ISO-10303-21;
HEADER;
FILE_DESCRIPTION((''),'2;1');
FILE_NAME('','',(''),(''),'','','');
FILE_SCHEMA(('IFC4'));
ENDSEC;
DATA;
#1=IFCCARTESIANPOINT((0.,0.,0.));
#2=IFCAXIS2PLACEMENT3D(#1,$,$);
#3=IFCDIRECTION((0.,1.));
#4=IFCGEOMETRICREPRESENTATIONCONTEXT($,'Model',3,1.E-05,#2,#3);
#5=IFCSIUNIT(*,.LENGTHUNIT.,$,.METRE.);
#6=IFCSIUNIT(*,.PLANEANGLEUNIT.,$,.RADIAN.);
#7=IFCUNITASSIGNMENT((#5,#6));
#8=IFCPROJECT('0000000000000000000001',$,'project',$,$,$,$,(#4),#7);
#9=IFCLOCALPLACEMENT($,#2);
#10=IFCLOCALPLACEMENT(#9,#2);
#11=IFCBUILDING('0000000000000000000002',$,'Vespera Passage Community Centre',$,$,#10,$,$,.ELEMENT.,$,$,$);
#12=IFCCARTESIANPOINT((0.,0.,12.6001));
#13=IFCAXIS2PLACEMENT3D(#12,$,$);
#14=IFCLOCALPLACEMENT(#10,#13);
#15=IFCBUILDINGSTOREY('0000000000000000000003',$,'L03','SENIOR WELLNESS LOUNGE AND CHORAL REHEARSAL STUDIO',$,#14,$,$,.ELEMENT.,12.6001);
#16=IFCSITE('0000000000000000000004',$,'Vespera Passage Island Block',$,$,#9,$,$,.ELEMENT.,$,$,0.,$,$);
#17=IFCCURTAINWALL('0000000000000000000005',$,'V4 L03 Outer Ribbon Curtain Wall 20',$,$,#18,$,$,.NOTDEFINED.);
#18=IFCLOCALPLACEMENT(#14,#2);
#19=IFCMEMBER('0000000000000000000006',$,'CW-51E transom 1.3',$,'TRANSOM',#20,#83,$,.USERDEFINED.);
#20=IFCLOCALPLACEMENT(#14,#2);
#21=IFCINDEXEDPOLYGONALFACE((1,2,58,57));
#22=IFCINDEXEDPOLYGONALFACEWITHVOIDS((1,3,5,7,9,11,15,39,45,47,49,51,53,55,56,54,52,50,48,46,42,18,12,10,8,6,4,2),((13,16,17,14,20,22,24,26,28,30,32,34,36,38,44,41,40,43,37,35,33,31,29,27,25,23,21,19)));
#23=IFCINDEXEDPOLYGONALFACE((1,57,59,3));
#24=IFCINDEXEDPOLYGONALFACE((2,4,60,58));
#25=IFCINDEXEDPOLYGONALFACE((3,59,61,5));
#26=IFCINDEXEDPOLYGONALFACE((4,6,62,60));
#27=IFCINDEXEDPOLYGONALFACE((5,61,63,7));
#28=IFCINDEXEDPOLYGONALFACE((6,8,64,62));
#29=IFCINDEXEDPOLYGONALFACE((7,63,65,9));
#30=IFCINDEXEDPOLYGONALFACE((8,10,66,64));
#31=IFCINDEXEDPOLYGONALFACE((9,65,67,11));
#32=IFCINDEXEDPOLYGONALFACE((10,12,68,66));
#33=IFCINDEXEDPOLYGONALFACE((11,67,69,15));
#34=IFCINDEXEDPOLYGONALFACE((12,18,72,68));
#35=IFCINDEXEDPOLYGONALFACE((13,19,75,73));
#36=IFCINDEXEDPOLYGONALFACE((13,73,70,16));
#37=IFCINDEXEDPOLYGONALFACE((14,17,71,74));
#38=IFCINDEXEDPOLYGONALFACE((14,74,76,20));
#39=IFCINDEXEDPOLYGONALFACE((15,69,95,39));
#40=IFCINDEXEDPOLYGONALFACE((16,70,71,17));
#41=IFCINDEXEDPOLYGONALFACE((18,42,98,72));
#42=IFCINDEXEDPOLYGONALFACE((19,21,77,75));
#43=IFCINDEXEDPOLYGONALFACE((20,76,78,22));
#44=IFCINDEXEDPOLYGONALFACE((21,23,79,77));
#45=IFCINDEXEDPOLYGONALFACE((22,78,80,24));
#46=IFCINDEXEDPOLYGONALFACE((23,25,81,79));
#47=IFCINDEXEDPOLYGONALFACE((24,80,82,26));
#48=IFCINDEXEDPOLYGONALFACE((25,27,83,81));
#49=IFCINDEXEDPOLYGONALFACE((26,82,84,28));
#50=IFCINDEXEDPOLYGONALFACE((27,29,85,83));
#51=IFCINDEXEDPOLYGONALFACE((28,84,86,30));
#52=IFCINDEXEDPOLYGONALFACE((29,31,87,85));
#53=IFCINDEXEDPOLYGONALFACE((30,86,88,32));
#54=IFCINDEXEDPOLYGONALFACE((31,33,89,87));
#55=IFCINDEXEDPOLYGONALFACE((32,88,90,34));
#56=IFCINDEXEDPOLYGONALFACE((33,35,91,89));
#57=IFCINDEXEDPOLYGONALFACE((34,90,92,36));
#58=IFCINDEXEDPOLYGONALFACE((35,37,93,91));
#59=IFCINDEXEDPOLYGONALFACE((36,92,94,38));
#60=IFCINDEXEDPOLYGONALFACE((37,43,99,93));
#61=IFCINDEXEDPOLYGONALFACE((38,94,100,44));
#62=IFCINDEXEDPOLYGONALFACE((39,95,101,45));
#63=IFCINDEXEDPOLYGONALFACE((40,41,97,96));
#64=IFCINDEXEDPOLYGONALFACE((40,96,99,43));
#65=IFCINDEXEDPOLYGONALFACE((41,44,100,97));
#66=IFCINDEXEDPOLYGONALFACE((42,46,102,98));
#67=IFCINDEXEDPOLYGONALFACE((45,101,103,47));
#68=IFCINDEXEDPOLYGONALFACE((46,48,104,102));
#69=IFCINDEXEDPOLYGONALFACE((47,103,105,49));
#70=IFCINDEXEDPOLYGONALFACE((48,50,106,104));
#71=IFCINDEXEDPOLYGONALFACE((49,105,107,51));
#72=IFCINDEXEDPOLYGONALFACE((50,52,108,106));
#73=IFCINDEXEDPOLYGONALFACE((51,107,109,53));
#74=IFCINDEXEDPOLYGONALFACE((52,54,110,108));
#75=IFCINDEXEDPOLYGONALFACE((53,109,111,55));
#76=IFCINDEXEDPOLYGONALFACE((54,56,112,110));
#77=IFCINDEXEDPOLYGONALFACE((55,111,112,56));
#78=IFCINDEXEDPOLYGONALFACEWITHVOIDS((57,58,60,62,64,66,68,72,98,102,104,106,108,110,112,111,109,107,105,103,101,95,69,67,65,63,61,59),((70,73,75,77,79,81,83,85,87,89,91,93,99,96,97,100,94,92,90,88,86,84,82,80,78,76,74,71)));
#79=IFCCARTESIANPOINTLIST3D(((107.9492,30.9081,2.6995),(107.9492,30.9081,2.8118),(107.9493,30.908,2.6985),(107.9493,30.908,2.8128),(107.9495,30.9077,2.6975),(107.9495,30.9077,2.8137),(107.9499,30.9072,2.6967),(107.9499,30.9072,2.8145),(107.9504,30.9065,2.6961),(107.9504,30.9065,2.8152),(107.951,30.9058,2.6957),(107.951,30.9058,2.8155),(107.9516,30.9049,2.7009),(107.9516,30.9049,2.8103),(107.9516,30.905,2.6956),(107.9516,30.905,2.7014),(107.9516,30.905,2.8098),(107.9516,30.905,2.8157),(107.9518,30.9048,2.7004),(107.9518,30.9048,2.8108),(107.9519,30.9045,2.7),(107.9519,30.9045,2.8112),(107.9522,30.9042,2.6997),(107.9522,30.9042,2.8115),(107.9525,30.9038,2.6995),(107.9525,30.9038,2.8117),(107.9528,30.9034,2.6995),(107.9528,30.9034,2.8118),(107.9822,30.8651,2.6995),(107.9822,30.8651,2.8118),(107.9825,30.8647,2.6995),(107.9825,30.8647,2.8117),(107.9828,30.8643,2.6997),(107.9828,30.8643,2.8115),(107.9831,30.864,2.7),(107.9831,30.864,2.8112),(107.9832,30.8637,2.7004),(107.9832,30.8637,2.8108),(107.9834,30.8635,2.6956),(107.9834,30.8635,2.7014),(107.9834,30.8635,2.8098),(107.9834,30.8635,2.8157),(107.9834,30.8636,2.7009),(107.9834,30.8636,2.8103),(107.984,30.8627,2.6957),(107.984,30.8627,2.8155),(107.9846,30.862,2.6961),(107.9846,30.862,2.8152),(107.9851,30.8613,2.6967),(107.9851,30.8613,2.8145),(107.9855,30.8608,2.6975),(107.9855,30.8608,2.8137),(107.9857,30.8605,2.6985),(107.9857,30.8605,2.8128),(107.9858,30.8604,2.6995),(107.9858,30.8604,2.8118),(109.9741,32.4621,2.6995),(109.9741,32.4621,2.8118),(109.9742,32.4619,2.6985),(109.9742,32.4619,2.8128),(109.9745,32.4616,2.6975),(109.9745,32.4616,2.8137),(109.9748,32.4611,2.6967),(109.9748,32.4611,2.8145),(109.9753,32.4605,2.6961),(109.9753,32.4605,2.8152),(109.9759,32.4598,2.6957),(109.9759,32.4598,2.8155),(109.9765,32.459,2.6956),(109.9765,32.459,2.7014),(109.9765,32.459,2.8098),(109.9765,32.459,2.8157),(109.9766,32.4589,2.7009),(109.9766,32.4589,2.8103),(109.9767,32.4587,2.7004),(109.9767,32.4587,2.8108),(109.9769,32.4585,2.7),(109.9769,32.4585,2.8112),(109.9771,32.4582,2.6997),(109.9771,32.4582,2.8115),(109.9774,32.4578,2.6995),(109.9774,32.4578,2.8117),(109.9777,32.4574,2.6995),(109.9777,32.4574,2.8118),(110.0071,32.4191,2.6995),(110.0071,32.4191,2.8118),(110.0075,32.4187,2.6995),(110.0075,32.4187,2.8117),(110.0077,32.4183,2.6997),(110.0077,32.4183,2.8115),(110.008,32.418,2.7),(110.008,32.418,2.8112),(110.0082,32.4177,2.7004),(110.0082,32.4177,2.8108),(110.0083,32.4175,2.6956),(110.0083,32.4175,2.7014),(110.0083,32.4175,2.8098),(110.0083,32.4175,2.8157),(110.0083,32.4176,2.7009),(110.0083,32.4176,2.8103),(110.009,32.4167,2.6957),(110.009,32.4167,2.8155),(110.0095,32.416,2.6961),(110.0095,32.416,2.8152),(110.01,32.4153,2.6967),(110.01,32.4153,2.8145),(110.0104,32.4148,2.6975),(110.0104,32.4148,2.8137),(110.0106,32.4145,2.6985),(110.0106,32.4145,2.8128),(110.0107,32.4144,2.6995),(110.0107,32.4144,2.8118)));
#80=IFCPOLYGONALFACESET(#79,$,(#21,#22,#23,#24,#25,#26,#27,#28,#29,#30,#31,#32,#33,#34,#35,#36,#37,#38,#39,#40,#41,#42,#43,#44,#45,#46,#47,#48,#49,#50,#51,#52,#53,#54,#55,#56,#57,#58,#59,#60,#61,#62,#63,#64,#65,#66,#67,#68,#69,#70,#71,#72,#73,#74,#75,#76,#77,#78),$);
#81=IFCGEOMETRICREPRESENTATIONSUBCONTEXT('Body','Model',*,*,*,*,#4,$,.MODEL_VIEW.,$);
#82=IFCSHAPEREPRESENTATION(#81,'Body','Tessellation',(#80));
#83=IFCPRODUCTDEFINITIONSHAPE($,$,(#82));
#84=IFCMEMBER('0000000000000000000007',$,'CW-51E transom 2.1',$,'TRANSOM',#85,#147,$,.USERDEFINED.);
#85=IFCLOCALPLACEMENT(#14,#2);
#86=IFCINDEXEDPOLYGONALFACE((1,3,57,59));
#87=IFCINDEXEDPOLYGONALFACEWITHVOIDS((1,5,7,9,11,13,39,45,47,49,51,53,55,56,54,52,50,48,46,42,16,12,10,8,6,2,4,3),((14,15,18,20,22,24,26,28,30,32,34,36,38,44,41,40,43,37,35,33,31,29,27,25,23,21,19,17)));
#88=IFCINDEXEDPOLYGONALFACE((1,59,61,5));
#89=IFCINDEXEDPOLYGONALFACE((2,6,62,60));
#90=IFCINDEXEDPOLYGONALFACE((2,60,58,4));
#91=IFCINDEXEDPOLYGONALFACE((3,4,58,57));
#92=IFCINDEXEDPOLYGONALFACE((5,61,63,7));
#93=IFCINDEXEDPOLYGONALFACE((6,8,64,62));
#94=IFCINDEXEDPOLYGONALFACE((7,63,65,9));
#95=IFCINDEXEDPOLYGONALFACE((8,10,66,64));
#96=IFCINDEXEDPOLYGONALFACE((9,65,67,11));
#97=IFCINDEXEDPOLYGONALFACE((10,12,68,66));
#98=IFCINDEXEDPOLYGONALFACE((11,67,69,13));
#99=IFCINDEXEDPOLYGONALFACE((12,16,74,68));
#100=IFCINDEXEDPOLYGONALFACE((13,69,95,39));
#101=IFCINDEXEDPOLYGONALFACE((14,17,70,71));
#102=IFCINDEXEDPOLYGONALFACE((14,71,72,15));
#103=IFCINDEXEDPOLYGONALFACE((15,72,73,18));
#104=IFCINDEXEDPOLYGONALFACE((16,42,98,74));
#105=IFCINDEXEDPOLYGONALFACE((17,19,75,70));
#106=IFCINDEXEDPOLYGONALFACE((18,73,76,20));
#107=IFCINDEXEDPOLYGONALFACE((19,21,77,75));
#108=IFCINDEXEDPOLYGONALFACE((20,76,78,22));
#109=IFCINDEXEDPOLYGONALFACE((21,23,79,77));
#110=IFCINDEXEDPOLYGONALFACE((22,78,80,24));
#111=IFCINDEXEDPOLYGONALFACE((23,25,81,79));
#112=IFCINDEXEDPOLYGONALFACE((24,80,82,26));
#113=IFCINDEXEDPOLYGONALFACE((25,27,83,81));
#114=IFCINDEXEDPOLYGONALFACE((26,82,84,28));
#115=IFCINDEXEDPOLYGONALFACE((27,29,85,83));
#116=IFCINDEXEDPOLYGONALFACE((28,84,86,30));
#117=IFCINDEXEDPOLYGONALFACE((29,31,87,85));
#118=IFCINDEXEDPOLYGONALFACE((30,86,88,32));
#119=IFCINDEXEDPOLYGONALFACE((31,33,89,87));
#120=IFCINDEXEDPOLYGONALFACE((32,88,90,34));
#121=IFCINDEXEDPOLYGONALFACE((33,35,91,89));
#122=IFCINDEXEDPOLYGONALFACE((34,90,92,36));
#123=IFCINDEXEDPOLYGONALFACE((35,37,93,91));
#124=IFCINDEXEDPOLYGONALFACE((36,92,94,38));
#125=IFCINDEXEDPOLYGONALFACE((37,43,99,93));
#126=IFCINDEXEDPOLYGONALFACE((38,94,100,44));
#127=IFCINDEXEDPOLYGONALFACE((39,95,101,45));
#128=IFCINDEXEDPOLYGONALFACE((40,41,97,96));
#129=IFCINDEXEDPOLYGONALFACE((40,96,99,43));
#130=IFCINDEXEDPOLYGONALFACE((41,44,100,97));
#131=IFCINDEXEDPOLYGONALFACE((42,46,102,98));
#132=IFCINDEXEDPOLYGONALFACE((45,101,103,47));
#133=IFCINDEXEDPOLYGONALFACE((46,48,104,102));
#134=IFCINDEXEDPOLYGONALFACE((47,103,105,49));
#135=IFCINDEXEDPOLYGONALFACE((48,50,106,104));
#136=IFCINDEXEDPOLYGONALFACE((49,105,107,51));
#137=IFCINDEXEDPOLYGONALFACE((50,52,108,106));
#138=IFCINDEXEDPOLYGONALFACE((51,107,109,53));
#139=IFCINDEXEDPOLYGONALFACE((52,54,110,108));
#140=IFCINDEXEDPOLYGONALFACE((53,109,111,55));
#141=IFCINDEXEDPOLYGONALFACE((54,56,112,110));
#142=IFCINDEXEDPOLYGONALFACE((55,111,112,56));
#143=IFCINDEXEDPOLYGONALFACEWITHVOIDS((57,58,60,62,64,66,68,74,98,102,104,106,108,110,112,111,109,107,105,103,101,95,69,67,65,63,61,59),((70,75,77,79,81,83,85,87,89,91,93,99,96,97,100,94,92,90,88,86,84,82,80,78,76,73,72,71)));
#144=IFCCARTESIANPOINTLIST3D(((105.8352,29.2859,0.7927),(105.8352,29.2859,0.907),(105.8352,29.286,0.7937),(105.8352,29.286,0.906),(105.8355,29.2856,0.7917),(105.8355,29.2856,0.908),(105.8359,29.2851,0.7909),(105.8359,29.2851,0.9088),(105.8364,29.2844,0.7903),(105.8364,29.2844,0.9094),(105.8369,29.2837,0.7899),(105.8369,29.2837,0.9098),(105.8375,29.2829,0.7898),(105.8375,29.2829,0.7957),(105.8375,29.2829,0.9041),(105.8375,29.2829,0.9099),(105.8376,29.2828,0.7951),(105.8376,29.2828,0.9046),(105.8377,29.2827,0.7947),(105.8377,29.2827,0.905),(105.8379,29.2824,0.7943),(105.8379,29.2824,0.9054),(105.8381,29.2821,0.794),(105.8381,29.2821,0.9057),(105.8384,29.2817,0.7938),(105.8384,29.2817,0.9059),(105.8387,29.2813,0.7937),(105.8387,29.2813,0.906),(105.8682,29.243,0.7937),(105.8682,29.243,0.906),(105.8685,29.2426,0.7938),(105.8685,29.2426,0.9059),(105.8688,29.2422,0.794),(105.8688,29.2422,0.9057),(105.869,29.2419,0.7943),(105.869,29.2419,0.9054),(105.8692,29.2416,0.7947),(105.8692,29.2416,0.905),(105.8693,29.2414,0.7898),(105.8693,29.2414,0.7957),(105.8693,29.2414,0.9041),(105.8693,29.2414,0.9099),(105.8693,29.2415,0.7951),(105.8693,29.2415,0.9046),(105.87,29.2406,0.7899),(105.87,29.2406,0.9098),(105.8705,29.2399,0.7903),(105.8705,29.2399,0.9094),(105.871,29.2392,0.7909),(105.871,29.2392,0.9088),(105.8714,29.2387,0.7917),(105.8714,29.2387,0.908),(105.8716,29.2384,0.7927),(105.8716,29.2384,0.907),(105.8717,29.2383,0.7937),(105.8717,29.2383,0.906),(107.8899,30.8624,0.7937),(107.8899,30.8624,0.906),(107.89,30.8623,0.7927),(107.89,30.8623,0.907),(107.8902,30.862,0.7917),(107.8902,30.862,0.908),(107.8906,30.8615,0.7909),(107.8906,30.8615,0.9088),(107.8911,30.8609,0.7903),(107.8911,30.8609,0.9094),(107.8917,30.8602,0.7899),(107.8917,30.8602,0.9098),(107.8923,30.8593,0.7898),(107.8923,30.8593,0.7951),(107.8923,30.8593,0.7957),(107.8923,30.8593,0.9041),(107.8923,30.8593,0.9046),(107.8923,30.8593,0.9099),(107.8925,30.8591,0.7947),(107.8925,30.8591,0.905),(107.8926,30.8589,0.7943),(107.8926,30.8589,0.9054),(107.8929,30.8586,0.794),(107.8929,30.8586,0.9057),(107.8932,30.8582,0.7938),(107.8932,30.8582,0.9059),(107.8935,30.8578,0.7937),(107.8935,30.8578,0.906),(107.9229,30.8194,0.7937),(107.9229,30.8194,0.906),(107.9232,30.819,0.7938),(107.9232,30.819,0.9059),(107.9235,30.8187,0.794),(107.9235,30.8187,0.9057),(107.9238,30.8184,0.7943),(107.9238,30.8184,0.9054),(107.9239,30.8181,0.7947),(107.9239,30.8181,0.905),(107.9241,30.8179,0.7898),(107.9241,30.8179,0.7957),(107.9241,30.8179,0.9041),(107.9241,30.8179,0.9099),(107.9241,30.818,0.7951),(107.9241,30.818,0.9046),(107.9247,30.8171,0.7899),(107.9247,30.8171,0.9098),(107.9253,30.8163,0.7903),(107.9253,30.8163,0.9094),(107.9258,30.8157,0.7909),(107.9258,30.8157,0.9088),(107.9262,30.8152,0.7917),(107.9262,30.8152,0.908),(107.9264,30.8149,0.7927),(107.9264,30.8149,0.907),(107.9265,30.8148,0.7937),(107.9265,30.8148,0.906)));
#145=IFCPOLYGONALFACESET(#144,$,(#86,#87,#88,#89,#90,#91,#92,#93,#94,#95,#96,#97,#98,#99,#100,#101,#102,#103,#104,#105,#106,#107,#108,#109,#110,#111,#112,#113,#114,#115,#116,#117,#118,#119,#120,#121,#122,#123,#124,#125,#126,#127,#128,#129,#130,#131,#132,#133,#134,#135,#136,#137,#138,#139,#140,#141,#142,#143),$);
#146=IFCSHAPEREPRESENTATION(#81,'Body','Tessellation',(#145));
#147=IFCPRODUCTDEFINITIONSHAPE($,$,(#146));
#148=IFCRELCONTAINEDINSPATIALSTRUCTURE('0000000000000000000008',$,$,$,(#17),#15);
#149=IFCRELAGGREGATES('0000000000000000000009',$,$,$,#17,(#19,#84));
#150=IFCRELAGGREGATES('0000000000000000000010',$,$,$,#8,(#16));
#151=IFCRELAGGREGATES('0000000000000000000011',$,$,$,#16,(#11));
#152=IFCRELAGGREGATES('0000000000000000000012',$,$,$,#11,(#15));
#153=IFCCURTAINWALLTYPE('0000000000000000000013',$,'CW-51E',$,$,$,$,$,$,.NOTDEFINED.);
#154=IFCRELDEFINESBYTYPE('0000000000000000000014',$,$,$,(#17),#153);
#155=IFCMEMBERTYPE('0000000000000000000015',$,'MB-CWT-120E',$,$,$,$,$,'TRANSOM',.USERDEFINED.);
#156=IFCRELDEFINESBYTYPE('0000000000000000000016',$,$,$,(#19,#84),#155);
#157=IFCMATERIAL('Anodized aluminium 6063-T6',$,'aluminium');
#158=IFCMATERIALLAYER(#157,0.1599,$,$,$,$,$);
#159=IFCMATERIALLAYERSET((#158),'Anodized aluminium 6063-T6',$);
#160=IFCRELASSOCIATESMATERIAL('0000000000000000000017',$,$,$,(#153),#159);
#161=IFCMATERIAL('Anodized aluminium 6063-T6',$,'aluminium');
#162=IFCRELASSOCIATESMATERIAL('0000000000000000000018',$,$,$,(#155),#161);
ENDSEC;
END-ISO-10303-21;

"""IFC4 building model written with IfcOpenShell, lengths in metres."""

from ifc_helpers import new_model, si_unit, direction, frame, origin, origin_2d, place, context, subcontext, project, spatial, hollow_rectangle, extrude, material, layer, layer_set, material_profile, profile_set, type_object, element, aggregate, save


model = new_model("IFC4")

# Units and contexts
model_context = context("Model", 3, precision=1e-05, world=origin(), true_north=direction((0.0, 1.0)))
body_context = subcontext(model_context, "Body", "Model", "MODEL_VIEW")
ifc_project = project(units=[si_unit("LENGTHUNIT", "METRE"), si_unit("PLANEANGLEUNIT", "RADIAN")], contexts=[model_context])

# Site, building, storey
site_placement = place(None, origin())
site = spatial("IfcSite", under=ifc_project, at=site_placement, Name="Vespera Passage Island Block", CompositionType="ELEMENT", RefElevation=0.0)
building_placement = place(site_placement, origin())
building = spatial("IfcBuilding", under=site, at=building_placement, Name="Vespera Passage Community Centre", CompositionType="ELEMENT")
storey_placement = place(building_placement, frame((0.0, 0.0, 12.6001)))
storey = spatial("IfcBuildingStorey", under=building, at=storey_placement, Name="L03", Description="SENIOR WELLNESS LOUNGE AND CHORAL REHEARSAL STUDIO", CompositionType="ELEMENT", Elevation=12.6001)

# Curtain wall, members
ifc_material_1 = material(Name="Anodized aluminium 6063-T6", Category="aluminium")
ifc_layer_1 = layer(ifc_material_1, 0.1599)
ifc_layer_set_1 = layer_set([ifc_layer_1], Name="Anodized aluminium 6063-T6")
curtain_wall_type = type_object("IfcCurtainWallType", Name="CW-51E", PredefinedType="NOTDEFINED", material=ifc_layer_set_1)
curtain_wall_placement = place(storey_placement, origin())
curtain_wall = element("IfcCurtainWall", 1, at=curtain_wall_placement, inside=storey, type_object=curtain_wall_type, Name="V4 L03 Outer Ribbon Curtain Wall 20", PredefinedType="NOTDEFINED")
ifc_material_2 = material(Name="Anodized aluminium 6063-T6", Category="aluminium")
ifc_material_profile_1 = material_profile(ifc_material_2, hollow_rectangle(XDim=0.0601, YDim=0.1201, WallThickness=0.0039, InnerFilletRadius=0.002, OuterFilletRadius=0.0039, at=origin_2d()), Name="ALU120X60X4")
ifc_profile_set_1 = profile_set([ifc_material_profile_1], Name="Anodized aluminium 6063-T6")
member_type_1 = type_object("IfcMemberType", Name="MB-CWT-120E", ElementType="TRANSOM", PredefinedType="USERDEFINED", material=ifc_profile_set_1)
member_1_placement = place(storey_placement, frame((109.9924, 32.4382, 2.7556), z_axis=(-0.793317, -0.608809, 0.0), x_axis=(0.608809, -0.793317, 0.0)))
member_1 = element("IfcMember", 2, at=member_1_placement, type_object=member_type_1, Name="CW-51E transom 1.3", ObjectType="TRANSOM", PredefinedType="USERDEFINED", context=body_context, shape_type="SweptSolid", body=[
    extrude(hollow_rectangle(XDim=0.0601, YDim=0.1201, WallThickness=0.0039, InnerFilletRadius=0.002, OuterFilletRadius=0.0039, at=origin_2d()), origin(), (0.0, 0.0, 1.0), 2.5525),
])
member_2_placement = place(storey_placement, frame((107.9082, 30.8386, 0.8499), z_axis=(-0.793391, -0.608713, 0.0), x_axis=(0.608713, -0.793391, 0.0)))
member_2 = element("IfcMember", 3, at=member_2_placement, type_object=member_type_1, Name="CW-51E transom 2.1", ObjectType="TRANSOM", PredefinedType="USERDEFINED", context=body_context, shape_type="SweptSolid", body=[
    extrude(hollow_rectangle(XDim=0.0601, YDim=0.1201, WallThickness=0.0039, InnerFilletRadius=0.002, OuterFilletRadius=0.0039, at=origin_2d()), origin(), (0.0, 0.0, 1.0), 2.5898),
])
aggregate(curtain_wall, [member_1, member_2])

save(model, "model.ifc")
